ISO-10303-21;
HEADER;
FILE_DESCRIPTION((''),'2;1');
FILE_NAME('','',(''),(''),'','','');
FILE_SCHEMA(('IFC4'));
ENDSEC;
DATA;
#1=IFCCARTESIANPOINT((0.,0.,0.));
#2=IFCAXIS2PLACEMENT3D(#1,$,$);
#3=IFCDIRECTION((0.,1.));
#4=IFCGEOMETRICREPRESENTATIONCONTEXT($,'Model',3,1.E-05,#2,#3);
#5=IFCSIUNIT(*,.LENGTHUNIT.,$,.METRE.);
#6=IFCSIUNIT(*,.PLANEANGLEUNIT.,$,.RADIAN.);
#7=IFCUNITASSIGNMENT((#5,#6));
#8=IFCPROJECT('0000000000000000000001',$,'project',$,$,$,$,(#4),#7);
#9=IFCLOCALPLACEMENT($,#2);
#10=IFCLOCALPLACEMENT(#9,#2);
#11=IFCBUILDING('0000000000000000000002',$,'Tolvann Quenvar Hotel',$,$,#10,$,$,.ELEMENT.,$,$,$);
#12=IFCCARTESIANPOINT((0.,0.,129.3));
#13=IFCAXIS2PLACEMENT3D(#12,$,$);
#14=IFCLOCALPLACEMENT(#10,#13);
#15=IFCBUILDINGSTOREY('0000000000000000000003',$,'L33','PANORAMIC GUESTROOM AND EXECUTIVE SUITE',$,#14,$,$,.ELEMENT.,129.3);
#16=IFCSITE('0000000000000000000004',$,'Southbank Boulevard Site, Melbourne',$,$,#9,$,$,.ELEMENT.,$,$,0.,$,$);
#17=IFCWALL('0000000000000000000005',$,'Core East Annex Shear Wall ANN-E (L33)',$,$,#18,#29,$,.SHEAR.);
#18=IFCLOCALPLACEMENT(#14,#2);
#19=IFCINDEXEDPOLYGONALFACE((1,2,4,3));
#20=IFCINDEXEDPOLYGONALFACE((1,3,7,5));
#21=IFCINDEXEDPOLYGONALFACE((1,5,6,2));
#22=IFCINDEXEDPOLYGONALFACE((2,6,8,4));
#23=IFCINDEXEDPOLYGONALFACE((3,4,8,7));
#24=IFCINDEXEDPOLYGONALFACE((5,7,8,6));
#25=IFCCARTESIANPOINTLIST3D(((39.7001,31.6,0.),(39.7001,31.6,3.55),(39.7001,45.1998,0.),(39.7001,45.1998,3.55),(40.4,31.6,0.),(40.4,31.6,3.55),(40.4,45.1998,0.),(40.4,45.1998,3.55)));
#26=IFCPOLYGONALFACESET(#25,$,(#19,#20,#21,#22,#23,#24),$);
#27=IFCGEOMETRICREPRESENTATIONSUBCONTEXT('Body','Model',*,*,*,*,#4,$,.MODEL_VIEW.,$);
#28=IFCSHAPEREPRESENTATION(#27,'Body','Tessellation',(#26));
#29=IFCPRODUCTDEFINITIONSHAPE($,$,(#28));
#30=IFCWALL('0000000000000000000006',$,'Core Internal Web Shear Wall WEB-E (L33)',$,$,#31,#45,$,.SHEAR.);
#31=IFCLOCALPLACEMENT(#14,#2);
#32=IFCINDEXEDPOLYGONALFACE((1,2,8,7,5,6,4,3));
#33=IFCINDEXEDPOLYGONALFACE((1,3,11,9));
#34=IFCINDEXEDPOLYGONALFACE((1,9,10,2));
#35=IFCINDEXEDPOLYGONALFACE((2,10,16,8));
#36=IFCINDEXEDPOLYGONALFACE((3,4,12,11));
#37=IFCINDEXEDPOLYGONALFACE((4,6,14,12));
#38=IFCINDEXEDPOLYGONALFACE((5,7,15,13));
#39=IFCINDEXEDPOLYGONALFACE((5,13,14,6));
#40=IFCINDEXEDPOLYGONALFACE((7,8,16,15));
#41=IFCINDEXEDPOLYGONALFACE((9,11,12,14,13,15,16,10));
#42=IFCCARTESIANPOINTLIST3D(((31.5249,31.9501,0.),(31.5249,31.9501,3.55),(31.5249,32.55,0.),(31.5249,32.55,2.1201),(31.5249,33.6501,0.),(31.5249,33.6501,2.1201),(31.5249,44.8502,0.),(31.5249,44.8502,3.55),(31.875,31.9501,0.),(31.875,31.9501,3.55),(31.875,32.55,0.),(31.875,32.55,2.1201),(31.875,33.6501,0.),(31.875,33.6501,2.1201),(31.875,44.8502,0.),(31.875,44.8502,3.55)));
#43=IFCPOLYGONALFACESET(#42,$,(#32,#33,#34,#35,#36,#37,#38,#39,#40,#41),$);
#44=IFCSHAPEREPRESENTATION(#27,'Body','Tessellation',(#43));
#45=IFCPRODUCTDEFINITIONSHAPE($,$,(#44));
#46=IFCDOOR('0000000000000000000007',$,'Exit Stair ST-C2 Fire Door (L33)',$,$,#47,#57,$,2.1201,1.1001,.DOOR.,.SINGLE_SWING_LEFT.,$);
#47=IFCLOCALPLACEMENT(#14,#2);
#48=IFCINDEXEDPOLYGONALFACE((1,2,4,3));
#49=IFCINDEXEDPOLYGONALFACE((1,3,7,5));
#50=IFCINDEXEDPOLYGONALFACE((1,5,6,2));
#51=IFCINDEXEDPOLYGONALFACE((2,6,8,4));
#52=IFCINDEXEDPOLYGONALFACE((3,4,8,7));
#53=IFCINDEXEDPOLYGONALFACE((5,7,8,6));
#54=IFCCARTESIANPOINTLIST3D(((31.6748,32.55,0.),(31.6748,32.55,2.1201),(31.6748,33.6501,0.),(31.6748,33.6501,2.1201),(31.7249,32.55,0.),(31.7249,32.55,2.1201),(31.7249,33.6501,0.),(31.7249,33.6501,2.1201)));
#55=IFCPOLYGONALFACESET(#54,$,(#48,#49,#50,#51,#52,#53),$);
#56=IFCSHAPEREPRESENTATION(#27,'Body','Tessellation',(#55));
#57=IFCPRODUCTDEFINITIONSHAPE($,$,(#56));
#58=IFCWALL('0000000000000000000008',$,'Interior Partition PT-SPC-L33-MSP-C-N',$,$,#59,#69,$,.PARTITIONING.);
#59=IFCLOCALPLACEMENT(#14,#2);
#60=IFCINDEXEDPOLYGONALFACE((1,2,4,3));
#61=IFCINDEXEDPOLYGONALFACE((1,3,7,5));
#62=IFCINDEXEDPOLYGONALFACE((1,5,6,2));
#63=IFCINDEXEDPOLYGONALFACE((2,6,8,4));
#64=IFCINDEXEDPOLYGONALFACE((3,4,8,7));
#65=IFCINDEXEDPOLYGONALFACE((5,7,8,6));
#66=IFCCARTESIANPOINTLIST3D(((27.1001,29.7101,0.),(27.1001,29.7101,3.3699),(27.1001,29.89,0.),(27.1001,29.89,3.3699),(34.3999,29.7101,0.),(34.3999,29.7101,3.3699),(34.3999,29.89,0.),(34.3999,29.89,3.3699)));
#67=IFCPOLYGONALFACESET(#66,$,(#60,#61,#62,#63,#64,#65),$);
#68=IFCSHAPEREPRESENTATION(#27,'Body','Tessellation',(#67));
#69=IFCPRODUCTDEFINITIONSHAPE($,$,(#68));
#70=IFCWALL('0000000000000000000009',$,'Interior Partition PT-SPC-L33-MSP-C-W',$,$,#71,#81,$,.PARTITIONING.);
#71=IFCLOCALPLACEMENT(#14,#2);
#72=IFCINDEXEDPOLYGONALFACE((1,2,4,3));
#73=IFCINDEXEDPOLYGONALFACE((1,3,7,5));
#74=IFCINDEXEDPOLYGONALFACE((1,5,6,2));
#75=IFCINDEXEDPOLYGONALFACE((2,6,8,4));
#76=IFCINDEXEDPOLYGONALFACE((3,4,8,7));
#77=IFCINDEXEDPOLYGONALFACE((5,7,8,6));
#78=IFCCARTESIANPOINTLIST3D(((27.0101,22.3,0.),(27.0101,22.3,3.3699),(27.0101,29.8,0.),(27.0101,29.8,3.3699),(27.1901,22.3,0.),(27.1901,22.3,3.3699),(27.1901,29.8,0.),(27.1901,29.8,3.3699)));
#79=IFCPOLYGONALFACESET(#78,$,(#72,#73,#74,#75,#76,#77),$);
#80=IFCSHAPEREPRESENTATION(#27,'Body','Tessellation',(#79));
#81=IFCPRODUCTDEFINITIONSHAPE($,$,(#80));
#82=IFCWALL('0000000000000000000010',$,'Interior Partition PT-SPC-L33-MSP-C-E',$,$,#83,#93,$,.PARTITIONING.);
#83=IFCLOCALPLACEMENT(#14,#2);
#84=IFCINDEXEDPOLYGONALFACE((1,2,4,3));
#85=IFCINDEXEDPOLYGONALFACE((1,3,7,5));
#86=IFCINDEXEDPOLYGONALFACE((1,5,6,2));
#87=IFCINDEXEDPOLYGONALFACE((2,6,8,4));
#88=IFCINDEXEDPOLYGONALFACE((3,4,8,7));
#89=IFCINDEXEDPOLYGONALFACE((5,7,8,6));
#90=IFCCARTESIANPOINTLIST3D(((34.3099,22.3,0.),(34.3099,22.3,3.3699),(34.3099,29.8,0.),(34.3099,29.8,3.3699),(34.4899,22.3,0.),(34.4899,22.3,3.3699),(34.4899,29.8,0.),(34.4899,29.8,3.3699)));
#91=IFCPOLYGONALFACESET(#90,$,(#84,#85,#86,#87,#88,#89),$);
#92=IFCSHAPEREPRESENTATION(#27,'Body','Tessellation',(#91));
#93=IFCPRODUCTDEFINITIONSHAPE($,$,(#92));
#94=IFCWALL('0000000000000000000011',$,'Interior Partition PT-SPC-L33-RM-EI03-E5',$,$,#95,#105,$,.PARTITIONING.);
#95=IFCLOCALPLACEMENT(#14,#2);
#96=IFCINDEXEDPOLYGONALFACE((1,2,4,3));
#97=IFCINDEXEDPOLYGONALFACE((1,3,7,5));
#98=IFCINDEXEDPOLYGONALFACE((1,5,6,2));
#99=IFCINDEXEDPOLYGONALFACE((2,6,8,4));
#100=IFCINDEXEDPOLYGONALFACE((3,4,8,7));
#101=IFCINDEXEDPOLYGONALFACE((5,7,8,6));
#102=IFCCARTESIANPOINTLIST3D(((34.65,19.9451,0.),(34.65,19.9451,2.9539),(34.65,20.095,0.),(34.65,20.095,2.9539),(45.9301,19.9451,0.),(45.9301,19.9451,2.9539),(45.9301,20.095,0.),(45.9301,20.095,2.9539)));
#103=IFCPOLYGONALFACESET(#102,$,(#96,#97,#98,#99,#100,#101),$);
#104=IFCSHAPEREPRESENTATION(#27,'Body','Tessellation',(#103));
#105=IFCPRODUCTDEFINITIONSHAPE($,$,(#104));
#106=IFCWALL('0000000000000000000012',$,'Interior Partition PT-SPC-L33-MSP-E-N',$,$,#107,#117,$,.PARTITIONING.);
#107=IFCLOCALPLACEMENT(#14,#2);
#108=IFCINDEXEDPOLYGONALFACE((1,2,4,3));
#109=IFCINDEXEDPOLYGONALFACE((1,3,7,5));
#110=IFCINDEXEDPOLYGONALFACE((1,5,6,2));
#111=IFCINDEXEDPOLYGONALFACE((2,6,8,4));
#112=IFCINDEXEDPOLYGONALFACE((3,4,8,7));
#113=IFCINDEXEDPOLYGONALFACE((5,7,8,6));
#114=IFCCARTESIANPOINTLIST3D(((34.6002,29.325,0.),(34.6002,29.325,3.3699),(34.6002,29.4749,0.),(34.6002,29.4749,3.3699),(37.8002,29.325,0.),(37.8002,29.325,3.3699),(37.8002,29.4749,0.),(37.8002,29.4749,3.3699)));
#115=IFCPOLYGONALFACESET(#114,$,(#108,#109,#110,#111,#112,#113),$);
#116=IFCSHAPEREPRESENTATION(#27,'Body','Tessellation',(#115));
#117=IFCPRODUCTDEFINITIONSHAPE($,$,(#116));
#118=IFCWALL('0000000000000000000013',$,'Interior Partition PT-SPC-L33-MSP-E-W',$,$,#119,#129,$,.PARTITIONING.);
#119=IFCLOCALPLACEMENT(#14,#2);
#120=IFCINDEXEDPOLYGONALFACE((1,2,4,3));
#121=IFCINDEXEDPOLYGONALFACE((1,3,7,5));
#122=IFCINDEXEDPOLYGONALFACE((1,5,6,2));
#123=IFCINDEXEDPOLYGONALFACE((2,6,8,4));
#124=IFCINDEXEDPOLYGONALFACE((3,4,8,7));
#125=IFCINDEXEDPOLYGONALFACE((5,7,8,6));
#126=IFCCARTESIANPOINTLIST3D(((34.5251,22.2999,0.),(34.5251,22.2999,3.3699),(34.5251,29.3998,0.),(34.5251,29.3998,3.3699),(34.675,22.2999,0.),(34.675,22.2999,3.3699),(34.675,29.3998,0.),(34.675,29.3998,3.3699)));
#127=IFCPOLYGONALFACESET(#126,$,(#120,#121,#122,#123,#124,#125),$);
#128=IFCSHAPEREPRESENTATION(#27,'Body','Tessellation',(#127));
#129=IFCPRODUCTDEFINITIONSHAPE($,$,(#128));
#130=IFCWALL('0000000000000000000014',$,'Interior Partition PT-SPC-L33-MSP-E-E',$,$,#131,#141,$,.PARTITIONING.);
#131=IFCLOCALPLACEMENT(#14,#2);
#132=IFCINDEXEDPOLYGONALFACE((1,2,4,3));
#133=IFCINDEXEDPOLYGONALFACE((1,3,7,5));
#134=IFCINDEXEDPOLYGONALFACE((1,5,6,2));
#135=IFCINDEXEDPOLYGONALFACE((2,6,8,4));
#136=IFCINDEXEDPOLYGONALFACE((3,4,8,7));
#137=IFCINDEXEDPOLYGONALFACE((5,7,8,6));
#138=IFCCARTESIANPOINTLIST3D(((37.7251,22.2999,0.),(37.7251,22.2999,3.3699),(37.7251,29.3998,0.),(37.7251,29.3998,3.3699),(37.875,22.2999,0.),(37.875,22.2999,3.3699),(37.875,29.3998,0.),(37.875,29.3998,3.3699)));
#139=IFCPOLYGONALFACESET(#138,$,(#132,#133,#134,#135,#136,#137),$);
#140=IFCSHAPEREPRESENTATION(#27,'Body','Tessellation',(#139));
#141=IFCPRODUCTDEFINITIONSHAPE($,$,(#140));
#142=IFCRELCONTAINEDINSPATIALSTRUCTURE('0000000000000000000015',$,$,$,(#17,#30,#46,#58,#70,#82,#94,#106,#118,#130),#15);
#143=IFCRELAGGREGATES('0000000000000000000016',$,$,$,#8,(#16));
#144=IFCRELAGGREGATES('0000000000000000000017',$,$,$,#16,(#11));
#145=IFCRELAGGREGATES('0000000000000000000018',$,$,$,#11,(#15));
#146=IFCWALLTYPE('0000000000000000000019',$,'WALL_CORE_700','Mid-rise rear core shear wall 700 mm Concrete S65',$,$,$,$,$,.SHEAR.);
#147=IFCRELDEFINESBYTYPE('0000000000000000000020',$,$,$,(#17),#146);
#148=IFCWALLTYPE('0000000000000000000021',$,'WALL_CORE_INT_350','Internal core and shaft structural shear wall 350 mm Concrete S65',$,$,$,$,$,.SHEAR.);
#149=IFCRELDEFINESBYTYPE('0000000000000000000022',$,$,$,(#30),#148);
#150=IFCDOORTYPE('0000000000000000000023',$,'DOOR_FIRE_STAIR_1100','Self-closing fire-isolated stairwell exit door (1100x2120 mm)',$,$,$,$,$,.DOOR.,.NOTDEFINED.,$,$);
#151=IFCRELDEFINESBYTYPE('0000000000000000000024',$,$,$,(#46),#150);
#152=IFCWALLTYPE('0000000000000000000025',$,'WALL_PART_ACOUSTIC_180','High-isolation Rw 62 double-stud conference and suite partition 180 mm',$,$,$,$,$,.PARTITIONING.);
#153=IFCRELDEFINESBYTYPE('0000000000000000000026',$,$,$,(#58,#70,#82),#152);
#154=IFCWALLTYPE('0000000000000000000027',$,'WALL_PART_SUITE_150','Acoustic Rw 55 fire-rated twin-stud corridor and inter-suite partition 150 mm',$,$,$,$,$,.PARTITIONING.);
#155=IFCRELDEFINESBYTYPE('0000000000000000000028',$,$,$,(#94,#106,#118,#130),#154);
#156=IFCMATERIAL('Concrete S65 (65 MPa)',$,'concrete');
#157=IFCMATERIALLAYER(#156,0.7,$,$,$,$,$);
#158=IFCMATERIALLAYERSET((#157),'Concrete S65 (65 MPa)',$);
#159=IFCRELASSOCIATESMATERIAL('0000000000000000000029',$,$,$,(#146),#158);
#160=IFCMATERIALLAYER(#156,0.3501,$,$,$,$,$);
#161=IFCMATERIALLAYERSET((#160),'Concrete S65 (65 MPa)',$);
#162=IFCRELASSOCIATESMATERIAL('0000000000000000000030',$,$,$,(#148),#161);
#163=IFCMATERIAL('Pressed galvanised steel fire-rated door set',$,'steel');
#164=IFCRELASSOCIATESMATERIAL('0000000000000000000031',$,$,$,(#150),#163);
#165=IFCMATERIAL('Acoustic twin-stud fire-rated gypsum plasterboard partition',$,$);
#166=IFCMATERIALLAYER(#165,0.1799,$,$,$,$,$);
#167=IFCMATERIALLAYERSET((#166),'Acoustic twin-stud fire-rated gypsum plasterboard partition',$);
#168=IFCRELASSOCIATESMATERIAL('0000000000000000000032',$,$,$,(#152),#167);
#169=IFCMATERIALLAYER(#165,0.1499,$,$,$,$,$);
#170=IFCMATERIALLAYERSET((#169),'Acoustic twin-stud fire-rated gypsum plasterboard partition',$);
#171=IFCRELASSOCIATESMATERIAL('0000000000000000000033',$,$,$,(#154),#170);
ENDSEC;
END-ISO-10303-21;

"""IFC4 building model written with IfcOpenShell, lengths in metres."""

from ifc_helpers import new_model, si_unit, direction, frame, frame_2d, origin, place, context, subcontext, project, spatial, rectangle, extrude, source, transform, mapped, material, layer, layer_set, type_object, type_shapes, element, fill, save


model = new_model("IFC4")

# Units and contexts
model_context = context("Model", 3, precision=1e-05, world=origin(), true_north=direction((0.0, 1.0)))
body_context = subcontext(model_context, "Body", "Model", "MODEL_VIEW")
ifc_project = project(units=[si_unit("LENGTHUNIT", "METRE"), si_unit("PLANEANGLEUNIT", "RADIAN")], contexts=[model_context])

# Site, building, storey
site_placement = place(None, origin())
site = spatial("IfcSite", under=ifc_project, at=site_placement, Name="Southbank Boulevard Site, Melbourne", CompositionType="ELEMENT", RefElevation=0.0)
building_placement = place(site_placement, origin())
building = spatial("IfcBuilding", under=site, at=building_placement, Name="Tolvann Quenvar Hotel", CompositionType="ELEMENT")
storey_placement = place(building_placement, frame((0.0, 0.0, 129.3)))
storey = spatial("IfcBuildingStorey", under=building, at=storey_placement, Name="L33", Description="PANORAMIC GUESTROOM AND EXECUTIVE SUITE", CompositionType="ELEMENT", Elevation=129.3)

# Shared definitions
ifc_material_1 = material(Name="Concrete S65 (65 MPa)", Category="concrete")

# Shared definitions
ifc_layer_1 = layer(ifc_material_1, 0.7)
ifc_layer_set_1 = layer_set([ifc_layer_1], Name="Concrete S65 (65 MPa)")
wall_type_1 = type_object("IfcWallType", Name="WALL_CORE_700", Description="Mid-rise rear core shear wall 700 mm Concrete S65", PredefinedType="SHEAR", material=ifc_layer_set_1)

# Shared definitions
ifc_material_2 = material(Name="Pressed galvanised steel fire-rated door set", Category="steel")

# Wall
wall_1_placement = place(storey_placement, frame((40.05, 31.6001, 0.0), z_axis=(0.0, 0.0, 1.0), x_axis=(0.0, 1.0, 0.0)))
element("IfcWall", 1, at=wall_1_placement, inside=storey, type_object=wall_type_1, Name="Core East Annex Shear Wall ANN-E (L33)", PredefinedType="SHEAR", context=body_context, shape_type="SweptSolid", body=[
    extrude(rectangle(XDim=13.5999, YDim=0.7, at=frame_2d((6.7998, 0.0))), origin(), (0.0, 0.0, 1.0), 3.55),
])

# Wall, opening, door
ifc_layer_2 = layer(ifc_material_1, 0.3501)
ifc_layer_set_2 = layer_set([ifc_layer_2], Name="Concrete S65 (65 MPa)")
wall_type_2 = type_object("IfcWallType", Name="WALL_CORE_INT_350", Description="Internal core and shaft structural shear wall 350 mm Concrete S65", PredefinedType="SHEAR", material=ifc_layer_set_2)
wall_2_placement = place(storey_placement, frame((31.7, 31.95, 0.0), z_axis=(0.0, 0.0, 1.0), x_axis=(0.0, 1.0, 0.0)))
wall_2 = element("IfcWall", 2, at=wall_2_placement, inside=storey, type_object=wall_type_2, Name="Core Internal Web Shear Wall WEB-E (L33)", PredefinedType="SHEAR", context=body_context, shape_type="SweptSolid", body=[
    extrude(rectangle(XDim=12.9001, YDim=0.3501, at=frame_2d((6.4502, 0.0))), origin(), (0.0, 0.0, 1.0), 3.55),
])
opening_1_placement = place(wall_2_placement, frame((1.7002, 0.0, 0.0), z_axis=(0.0, 0.0, 1.0), x_axis=(-1.0, 0.0, 0.0)))
opening_1 = element("IfcOpeningElement", 3, at=opening_1_placement, cuts=wall_2, PredefinedType="OPENING", context=body_context, shape_type="SweptSolid", body=[
    extrude(rectangle(XDim=1.1001, YDim=2.1201, at=frame_2d((0.55, 1.0601))), frame((0.0, 0.1851, 0.0), z_axis=(0.0, -1.0, 0.0), x_axis=(1.0, 0.0, 0.0)), (0.0, 0.0, 1.0), 0.3701),
])
door_type_1 = type_object("IfcDoorType", Name="DOOR_FIRE_STAIR_1100", Description="Self-closing fire-isolated stairwell exit door (1100x2120 mm)", OperationType="NOTDEFINED", PredefinedType="DOOR", material=ifc_material_2)
shared_shape_1 = source(origin(), body_context, "Body", "SweptSolid", [
    extrude(rectangle(XDim=1.1001, YDim=2.1201, at=frame_2d((0.55, 1.0601))), frame((0.0, 0.0249, 0.0), z_axis=(0.0, -1.0, 0.0), x_axis=(1.0, 0.0, 0.0)), (0.0, 0.0, 1.0), 0.05),
])
type_shapes(door_type_1, [shared_shape_1])
door_1_placement = place(opening_1_placement, origin())
door_1 = element("IfcDoor", 4, at=door_1_placement, inside=storey, type_object=door_type_1, Name="Exit Stair ST-C2 Fire Door (L33)", OperationType="SINGLE_SWING_LEFT", OverallHeight=2.1201, OverallWidth=1.1001, PredefinedType="DOOR", context=body_context, shape_type="MappedRepresentation", body=[
    mapped(shared_shape_1, transform((0.0, 0.0, 0.0), x_axis=(1.0, 0.0, 0.0), y_axis=(0.0, 1.0, 0.0), z_axis=(0.0, 0.0, 1.0), scale=1.0)),
])
fill(opening_1, door_1)
ifc_material_3 = material(Name="Acoustic twin-stud fire-rated gypsum plasterboard partition")
ifc_layer_3 = layer(ifc_material_3, 0.1799)
ifc_layer_set_3 = layer_set([ifc_layer_3], Name="Acoustic twin-stud fire-rated gypsum plasterboard partition")
wall_type_3 = type_object("IfcWallType", Name="WALL_PART_ACOUSTIC_180", Description="High-isolation Rw 62 double-stud conference and suite partition 180 mm", PredefinedType="PARTITIONING", material=ifc_layer_set_3)

# Walls
wall_3_placement = place(storey_placement, frame((27.1001, 29.8, 0.0), z_axis=(0.0, 0.0, 1.0), x_axis=(1.0, 0.0, 0.0)))
element("IfcWall", 5, at=wall_3_placement, inside=storey, type_object=wall_type_3, Name="Interior Partition PT-SPC-L33-MSP-C-N", PredefinedType="PARTITIONING", context=body_context, shape_type="SweptSolid", body=[
    extrude(rectangle(XDim=7.2998, YDim=0.1799, at=frame_2d((3.6499, 0.0))), origin(), (0.0, 0.0, 1.0), 3.3699),
])
for number, where, z_axis, x_axis, name in (
    (6, (27.1001, 22.3, 0.0), (0.0, 0.0, 1.0), (0.0, 1.0, 0.0), "Interior Partition PT-SPC-L33-MSP-C-W"),
    (7, (34.3999, 22.3, 0.0), (0.0, 0.0, 1.0), (0.0, 1.0, 0.0), "Interior Partition PT-SPC-L33-MSP-C-E"),
):
    element("IfcWall", number, at=place(storey_placement, frame(where, z_axis=z_axis, x_axis=x_axis)), inside=storey, type_object=wall_type_3, Name=name, PredefinedType="PARTITIONING", context=body_context, shape_type="SweptSolid", body=[
        extrude(rectangle(XDim=7.5, YDim=0.1799, at=frame_2d((3.75, 0.0))), origin(), (0.0, 0.0, 1.0), 3.3699),
    ])
ifc_layer_4 = layer(ifc_material_3, 0.1499)
ifc_layer_set_4 = layer_set([ifc_layer_4], Name="Acoustic twin-stud fire-rated gypsum plasterboard partition")
wall_type_4 = type_object("IfcWallType", Name="WALL_PART_SUITE_150", Description="Acoustic Rw 55 fire-rated twin-stud corridor and inter-suite partition 150 mm", PredefinedType="PARTITIONING", material=ifc_layer_set_4)
wall_4_placement = place(storey_placement, frame((34.6499, 20.02, 0.0), z_axis=(0.0, 0.0, 1.0), x_axis=(1.0, 0.0, 0.0)))
element("IfcWall", 8, at=wall_4_placement, inside=storey, type_object=wall_type_4, Name="Interior Partition PT-SPC-L33-RM-EI03-E5", PredefinedType="PARTITIONING", context=body_context, shape_type="SweptSolid", body=[
    extrude(rectangle(XDim=11.28, YDim=0.1499, at=frame_2d((5.6401, 0.0))), origin(), (0.0, 0.0, 1.0), 2.9539),
])

# Walls
wall_5_placement = place(storey_placement, frame((34.6001, 29.3999, 0.0), z_axis=(0.0, 0.0, 1.0), x_axis=(1.0, 0.0, 0.0)))
element("IfcWall", 9, at=wall_5_placement, inside=storey, type_object=wall_type_4, Name="Interior Partition PT-SPC-L33-MSP-E-N", PredefinedType="PARTITIONING", context=body_context, shape_type="SweptSolid", body=[
    extrude(rectangle(XDim=3.2, YDim=0.1499, at=frame_2d((1.6001, 0.0))), origin(), (0.0, 0.0, 1.0), 3.3699),
])
for number, where, z_axis, x_axis, name in (
    (10, (34.6001, 22.3, 0.0), (0.0, 0.0, 1.0), (0.0, 1.0, 0.0), "Interior Partition PT-SPC-L33-MSP-E-W"),
    (11, (37.8, 22.3, 0.0), (0.0, 0.0, 1.0), (0.0, 1.0, 0.0), "Interior Partition PT-SPC-L33-MSP-E-E"),
):
    element("IfcWall", number, at=place(storey_placement, frame(where, z_axis=z_axis, x_axis=x_axis)), inside=storey, type_object=wall_type_4, Name=name, PredefinedType="PARTITIONING", context=body_context, shape_type="SweptSolid", body=[
        extrude(rectangle(XDim=7.0999, YDim=0.1499, at=frame_2d((3.5498, 0.0))), origin(), (0.0, 0.0, 1.0), 3.3699),
    ])

save(model, "model.ifc")
